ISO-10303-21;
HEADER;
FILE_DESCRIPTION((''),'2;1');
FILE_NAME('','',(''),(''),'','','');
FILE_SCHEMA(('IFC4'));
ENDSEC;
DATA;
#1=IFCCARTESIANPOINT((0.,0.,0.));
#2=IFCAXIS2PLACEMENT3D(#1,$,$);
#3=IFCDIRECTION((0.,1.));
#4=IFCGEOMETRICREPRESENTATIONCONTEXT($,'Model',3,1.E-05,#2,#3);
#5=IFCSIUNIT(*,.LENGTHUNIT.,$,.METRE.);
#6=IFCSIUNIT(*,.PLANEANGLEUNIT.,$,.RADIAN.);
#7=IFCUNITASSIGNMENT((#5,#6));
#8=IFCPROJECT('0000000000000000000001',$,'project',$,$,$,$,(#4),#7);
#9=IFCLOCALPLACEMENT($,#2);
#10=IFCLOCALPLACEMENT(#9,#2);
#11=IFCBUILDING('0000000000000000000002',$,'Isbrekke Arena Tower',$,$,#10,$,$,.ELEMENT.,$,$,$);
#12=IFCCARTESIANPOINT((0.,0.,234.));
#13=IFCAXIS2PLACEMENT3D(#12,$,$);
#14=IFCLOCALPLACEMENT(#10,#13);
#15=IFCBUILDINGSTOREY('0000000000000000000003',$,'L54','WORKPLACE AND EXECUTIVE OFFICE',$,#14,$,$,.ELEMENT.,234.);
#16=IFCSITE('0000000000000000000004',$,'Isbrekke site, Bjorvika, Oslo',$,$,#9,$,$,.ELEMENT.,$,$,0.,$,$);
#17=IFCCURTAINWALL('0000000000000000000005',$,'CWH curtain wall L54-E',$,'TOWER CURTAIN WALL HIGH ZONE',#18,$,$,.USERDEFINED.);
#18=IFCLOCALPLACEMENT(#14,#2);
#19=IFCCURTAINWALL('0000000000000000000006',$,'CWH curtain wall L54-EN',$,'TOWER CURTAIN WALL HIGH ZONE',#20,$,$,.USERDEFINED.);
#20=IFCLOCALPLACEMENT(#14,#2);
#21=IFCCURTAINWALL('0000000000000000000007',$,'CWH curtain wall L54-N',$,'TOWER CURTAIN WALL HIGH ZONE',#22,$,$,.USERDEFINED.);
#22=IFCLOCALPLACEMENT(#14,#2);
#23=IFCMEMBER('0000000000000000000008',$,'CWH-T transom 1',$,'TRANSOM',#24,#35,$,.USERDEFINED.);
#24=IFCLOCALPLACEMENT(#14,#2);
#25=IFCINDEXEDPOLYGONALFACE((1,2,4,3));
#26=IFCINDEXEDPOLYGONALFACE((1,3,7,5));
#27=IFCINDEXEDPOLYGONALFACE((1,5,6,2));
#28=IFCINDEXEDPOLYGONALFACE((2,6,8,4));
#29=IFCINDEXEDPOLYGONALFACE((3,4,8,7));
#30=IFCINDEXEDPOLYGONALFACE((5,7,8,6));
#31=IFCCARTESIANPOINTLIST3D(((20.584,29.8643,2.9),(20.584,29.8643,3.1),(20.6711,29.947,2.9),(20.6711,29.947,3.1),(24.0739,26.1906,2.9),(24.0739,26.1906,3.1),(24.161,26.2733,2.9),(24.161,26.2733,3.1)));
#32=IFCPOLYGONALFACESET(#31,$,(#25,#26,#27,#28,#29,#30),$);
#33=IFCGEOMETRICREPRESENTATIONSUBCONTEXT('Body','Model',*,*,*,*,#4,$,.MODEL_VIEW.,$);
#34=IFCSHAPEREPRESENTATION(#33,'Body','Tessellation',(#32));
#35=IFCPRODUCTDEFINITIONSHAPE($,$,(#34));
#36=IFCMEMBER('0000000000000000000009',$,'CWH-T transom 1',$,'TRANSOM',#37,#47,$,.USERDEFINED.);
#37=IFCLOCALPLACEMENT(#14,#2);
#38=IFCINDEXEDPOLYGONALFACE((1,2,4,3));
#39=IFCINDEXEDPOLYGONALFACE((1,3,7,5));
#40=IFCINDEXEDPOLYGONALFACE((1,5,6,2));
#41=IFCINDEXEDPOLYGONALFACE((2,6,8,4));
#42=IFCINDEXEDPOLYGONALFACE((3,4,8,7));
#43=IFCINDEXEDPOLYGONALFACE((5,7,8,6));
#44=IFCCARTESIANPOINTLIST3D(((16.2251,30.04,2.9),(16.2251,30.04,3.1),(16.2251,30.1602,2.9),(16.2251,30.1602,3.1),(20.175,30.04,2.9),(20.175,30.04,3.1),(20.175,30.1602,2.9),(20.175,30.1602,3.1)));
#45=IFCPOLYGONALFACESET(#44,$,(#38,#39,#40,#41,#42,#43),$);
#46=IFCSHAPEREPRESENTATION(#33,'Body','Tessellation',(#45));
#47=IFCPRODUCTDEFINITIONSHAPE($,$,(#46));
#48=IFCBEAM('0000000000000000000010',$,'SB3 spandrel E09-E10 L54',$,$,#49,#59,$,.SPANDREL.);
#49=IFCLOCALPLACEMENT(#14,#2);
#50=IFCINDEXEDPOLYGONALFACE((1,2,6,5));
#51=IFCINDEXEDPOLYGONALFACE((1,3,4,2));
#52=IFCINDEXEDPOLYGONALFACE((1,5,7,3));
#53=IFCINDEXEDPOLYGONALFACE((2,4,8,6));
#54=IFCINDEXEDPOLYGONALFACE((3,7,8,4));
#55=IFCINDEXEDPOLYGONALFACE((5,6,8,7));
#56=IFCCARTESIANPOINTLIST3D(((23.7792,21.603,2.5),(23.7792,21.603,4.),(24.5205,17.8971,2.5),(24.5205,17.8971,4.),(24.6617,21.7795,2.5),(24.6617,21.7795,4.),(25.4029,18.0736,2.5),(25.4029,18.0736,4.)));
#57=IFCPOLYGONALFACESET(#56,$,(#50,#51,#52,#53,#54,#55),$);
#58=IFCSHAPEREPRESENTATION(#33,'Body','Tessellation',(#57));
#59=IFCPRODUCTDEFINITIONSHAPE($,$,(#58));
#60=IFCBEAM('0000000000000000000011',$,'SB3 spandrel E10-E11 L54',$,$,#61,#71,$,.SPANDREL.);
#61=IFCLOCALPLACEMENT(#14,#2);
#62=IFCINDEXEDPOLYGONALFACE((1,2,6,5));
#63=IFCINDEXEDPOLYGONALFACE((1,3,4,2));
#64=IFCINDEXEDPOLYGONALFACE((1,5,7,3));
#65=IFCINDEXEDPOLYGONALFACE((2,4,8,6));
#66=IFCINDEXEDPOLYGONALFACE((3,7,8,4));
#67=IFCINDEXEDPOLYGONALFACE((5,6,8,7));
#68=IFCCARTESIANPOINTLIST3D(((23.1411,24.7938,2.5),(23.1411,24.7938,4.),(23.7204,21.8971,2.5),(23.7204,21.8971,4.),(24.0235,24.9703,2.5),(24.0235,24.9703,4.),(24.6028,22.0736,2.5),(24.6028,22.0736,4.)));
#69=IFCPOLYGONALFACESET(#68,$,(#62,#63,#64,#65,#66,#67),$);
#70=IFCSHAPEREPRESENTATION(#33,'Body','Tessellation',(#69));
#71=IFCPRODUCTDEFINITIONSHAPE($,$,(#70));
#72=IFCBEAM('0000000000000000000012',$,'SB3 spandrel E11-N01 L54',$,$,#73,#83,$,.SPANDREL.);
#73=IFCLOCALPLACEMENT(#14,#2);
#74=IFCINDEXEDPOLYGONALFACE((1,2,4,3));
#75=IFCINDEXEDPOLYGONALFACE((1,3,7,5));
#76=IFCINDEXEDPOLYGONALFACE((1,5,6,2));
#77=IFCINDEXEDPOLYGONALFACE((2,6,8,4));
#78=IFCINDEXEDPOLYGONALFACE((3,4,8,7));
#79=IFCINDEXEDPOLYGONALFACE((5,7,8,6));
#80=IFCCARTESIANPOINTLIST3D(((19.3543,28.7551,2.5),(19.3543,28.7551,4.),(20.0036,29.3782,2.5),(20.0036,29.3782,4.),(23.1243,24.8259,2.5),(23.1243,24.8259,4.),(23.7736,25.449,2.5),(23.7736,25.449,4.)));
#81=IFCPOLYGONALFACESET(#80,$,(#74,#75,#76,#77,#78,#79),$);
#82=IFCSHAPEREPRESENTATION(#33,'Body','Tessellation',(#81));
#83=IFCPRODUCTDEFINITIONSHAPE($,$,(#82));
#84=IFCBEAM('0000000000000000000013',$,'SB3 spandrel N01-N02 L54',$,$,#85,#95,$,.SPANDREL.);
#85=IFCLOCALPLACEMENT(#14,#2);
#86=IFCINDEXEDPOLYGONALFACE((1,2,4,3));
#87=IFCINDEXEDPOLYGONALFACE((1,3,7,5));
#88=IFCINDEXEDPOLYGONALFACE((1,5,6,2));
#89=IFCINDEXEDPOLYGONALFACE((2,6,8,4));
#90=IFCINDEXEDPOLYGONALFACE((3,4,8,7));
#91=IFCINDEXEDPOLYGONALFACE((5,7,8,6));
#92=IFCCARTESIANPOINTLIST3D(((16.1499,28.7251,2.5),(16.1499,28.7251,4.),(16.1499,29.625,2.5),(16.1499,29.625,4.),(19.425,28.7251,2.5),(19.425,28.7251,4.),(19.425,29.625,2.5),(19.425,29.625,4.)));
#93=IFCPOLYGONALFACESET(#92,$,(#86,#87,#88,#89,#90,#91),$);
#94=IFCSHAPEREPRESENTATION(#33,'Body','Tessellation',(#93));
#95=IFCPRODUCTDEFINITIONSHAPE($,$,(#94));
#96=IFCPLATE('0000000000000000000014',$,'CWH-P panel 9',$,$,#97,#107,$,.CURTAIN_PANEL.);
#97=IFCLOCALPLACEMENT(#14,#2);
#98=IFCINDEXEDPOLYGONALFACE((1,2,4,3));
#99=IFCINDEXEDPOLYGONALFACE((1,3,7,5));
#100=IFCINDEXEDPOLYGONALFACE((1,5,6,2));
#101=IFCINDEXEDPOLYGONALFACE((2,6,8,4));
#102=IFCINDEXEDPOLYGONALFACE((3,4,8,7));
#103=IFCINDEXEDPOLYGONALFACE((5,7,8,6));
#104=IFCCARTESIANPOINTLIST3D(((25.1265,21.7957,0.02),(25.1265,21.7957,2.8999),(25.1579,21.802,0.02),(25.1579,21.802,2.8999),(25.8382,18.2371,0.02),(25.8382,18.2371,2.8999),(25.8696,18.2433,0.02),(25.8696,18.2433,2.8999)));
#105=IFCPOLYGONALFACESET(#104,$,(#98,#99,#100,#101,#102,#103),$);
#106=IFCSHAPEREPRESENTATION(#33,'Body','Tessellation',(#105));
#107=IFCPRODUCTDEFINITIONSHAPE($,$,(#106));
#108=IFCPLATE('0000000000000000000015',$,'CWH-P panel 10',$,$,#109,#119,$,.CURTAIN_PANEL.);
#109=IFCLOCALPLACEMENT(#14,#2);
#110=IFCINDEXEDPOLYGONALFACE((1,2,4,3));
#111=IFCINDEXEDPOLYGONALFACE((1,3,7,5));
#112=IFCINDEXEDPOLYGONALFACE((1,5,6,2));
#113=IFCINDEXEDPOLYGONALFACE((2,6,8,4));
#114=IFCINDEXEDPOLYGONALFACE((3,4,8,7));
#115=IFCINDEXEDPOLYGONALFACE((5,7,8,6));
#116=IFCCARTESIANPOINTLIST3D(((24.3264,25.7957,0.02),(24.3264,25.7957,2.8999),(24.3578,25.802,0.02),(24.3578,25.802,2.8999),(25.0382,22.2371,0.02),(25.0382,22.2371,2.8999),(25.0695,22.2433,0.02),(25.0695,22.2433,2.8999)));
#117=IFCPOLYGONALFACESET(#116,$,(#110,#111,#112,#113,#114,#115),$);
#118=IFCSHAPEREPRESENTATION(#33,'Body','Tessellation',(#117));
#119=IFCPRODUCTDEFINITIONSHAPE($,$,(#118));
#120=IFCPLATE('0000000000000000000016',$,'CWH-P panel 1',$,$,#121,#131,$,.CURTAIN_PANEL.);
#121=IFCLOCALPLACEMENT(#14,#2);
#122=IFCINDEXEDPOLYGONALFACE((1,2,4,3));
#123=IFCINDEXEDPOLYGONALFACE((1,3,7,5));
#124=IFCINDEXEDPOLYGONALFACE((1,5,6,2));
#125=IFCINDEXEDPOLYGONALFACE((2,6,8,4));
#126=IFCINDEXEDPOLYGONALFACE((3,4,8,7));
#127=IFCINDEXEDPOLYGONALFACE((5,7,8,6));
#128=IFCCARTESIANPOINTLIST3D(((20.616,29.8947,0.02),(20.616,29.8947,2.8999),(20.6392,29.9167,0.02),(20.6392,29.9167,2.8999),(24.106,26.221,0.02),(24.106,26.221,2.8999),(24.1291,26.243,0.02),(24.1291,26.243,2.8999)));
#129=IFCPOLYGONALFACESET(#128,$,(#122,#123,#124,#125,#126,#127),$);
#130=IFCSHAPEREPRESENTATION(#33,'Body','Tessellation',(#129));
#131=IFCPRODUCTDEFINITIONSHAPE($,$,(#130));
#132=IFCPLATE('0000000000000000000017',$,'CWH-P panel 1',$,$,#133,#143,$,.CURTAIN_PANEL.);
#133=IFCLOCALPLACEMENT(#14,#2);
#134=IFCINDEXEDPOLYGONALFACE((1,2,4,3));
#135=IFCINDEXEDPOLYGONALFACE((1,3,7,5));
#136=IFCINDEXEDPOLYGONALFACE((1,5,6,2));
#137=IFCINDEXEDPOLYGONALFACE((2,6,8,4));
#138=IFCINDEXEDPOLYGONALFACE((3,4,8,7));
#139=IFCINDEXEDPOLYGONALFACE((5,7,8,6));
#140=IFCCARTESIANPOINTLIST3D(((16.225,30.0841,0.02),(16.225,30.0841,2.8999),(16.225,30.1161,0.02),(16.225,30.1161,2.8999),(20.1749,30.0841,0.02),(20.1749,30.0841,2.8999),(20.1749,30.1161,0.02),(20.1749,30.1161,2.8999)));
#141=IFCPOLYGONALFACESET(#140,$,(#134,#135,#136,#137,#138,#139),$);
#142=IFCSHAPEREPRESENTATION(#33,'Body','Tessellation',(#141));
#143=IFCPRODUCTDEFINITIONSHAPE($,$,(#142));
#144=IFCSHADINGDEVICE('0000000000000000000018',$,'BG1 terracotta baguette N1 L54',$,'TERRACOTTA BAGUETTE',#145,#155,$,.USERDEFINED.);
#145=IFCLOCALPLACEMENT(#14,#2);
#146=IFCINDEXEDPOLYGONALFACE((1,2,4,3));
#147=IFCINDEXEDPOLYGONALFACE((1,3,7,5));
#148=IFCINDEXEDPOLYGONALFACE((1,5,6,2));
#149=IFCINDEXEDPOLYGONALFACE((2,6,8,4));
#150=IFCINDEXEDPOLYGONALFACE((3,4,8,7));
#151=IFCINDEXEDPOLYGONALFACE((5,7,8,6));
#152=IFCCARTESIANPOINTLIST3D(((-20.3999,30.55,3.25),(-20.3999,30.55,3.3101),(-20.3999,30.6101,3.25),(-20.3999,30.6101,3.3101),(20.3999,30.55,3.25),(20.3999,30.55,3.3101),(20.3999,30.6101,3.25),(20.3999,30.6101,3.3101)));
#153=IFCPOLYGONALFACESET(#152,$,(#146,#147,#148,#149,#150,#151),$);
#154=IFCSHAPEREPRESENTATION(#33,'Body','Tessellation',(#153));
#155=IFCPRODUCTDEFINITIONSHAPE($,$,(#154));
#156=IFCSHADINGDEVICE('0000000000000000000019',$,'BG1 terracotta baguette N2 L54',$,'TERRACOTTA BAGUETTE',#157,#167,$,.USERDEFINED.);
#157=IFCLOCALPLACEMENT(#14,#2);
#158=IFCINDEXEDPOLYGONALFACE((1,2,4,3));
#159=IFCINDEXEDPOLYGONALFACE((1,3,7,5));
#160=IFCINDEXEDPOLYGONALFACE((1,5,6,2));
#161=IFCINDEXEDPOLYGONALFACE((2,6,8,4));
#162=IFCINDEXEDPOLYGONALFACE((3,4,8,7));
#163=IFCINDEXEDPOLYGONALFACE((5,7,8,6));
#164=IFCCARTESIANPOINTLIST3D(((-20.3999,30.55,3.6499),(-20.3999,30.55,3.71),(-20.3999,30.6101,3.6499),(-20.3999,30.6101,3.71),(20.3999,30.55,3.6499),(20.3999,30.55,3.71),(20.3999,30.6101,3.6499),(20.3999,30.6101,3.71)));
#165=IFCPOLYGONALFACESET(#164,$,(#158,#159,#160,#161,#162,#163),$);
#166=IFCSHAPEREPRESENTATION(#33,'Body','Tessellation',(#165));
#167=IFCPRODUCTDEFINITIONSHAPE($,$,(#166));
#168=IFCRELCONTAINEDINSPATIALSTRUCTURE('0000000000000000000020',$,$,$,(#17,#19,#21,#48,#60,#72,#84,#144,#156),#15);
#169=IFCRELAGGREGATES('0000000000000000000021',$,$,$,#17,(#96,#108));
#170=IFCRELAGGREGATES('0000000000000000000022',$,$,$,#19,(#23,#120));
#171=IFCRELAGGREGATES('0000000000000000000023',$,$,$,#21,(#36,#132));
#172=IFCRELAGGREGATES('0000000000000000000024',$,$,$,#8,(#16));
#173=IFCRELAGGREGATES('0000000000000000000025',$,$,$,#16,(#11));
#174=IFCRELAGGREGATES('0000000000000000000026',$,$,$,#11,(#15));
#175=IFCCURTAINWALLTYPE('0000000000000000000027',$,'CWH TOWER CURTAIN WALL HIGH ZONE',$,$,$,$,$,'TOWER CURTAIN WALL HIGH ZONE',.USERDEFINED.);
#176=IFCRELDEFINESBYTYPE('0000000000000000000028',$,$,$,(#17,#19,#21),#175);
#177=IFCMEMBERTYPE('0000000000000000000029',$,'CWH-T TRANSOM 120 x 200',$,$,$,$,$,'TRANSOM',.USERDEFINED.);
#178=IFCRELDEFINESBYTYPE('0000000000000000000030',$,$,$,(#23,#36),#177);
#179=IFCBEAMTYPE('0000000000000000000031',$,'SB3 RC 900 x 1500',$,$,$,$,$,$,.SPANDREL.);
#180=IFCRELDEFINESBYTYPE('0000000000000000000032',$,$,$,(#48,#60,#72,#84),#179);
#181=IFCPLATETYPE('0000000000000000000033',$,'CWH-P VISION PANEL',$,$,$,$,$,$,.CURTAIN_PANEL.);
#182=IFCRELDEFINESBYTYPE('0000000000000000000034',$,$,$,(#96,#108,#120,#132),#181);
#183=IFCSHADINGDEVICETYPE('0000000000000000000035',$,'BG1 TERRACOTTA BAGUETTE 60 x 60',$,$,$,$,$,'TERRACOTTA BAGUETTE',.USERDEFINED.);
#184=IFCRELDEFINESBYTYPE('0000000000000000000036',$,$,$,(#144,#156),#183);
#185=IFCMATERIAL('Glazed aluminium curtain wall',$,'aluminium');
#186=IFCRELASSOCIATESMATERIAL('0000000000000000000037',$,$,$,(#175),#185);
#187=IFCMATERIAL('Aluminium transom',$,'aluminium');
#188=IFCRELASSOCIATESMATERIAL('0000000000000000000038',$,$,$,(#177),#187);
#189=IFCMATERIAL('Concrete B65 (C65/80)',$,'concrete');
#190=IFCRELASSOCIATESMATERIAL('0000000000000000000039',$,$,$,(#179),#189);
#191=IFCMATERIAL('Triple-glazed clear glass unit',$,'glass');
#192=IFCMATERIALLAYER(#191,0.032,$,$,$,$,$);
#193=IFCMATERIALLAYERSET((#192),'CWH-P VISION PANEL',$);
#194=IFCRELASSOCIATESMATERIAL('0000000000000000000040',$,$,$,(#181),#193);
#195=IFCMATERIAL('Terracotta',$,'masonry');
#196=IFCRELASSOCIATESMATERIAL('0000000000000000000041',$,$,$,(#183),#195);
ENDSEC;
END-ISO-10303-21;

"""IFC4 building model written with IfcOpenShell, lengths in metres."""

from ifc_helpers import new_model, si_unit, direction, frame, origin, origin_2d, place, context, subcontext, project, spatial, rectangle, extrude, material, layer, layer_set, material_profile, profile_set, type_object, element, aggregate, save


model = new_model("IFC4")

# Units and contexts
model_context = context("Model", 3, precision=1e-05, world=origin(), true_north=direction((0.0, 1.0)))
body_context = subcontext(model_context, "Body", "Model", "MODEL_VIEW")
ifc_project = project(units=[si_unit("LENGTHUNIT", "METRE"), si_unit("PLANEANGLEUNIT", "RADIAN")], contexts=[model_context])

# Site, building, storey
site_placement = place(None, origin())
site = spatial("IfcSite", under=ifc_project, at=site_placement, Name="Isbrekke site, Bjorvika, Oslo", CompositionType="ELEMENT", RefElevation=0.0)
building_placement = place(site_placement, origin())
building = spatial("IfcBuilding", under=site, at=building_placement, Name="Isbrekke Arena Tower", CompositionType="ELEMENT")
storey_placement = place(building_placement, frame((0.0, 0.0, 234.0)))
storey = spatial("IfcBuildingStorey", under=building, at=storey_placement, Name="L54", Description="WORKPLACE AND EXECUTIVE OFFICE", CompositionType="ELEMENT", Elevation=234.0)

# Curtain wall
ifc_material_1 = material(Name="Glazed aluminium curtain wall", Category="aluminium")
curtain_wall_type = type_object("IfcCurtainWallType", Name="CWH TOWER CURTAIN WALL HIGH ZONE", ElementType="TOWER CURTAIN WALL HIGH ZONE", PredefinedType="USERDEFINED", material=ifc_material_1)
curtain_wall_1_placement = place(storey_placement, origin())
curtain_wall_1 = element("IfcCurtainWall", 1, at=curtain_wall_1_placement, inside=storey, type_object=curtain_wall_type, Name="CWH curtain wall L54-E", ObjectType="TOWER CURTAIN WALL HIGH ZONE", PredefinedType="USERDEFINED")

# Curtain walls
curtain_wall_2_placement = place(storey_placement, origin())
curtain_wall_2 = element("IfcCurtainWall", 2, at=curtain_wall_2_placement, inside=storey, type_object=curtain_wall_type, Name="CWH curtain wall L54-EN", ObjectType="TOWER CURTAIN WALL HIGH ZONE", PredefinedType="USERDEFINED")
curtain_wall_3_placement = place(storey_placement, origin())
curtain_wall_3 = element("IfcCurtainWall", 3, at=curtain_wall_3_placement, inside=storey, type_object=curtain_wall_type, Name="CWH curtain wall L54-N", ObjectType="TOWER CURTAIN WALL HIGH ZONE", PredefinedType="USERDEFINED")

# Members
ifc_material_2 = material(Name="Aluminium transom", Category="aluminium")
ifc_material_profile_1 = material_profile(ifc_material_2, rectangle(XDim=0.1201, YDim=0.2, at=origin_2d()), Name="TRANSOM 120X200")
ifc_profile_set_1 = profile_set([ifc_material_profile_1], Name="Aluminium transom")
member_type_1 = type_object("IfcMemberType", Name="CWH-T TRANSOM 120 x 200", ElementType="TRANSOM", PredefinedType="USERDEFINED", material=ifc_profile_set_1)
member_1_placement = place(storey_placement, frame((24.1174, 26.2319, 3.0), z_axis=(-0.688734, 0.725014, 0.0), x_axis=(-0.725014, -0.688734, 0.0)))
member_1 = element("IfcMember", 4, at=member_1_placement, type_object=member_type_1, Name="CWH-T transom 1", ObjectType="TRANSOM", PredefinedType="USERDEFINED", context=body_context, shape_type="SweptSolid", body=[
    extrude(rectangle(XDim=0.1201, YDim=0.2, at=origin_2d()), origin(), (0.0, 0.0, 1.0), 5.0671),
])
member_2_placement = place(storey_placement, frame((20.175, 30.1001, 3.0), z_axis=(-1.0, 0.0, 0.0), x_axis=(0.0, -1.0, 0.0)))
member_2 = element("IfcMember", 5, at=member_2_placement, type_object=member_type_1, Name="CWH-T transom 1", ObjectType="TRANSOM", PredefinedType="USERDEFINED", context=body_context, shape_type="SweptSolid", body=[
    extrude(rectangle(XDim=0.1201, YDim=0.2, at=origin_2d()), origin(), (0.0, 0.0, 1.0), 3.95),
])

# Beams
ifc_material_3 = material(Name="Concrete B65 (C65/80)", Category="concrete")
ifc_material_profile_2 = material_profile(ifc_material_3, rectangle(XDim=0.8999, YDim=1.5, at=origin_2d()), Name="RC 900x1500")
ifc_profile_set_2 = profile_set([ifc_material_profile_2], Name="Concrete B65 (C65/80)")
beam_type_1 = type_object("IfcBeamType", Name="SB3 RC 900 x 1500", PredefinedType="SPANDREL", material=ifc_profile_set_2)
beam_1_placement = place(storey_placement, frame((24.9617, 17.9854, 3.25), z_axis=(-0.196129, 0.980578, 0.0), x_axis=(-0.980578, -0.196129, 0.0)))
element("IfcBeam", 6, at=beam_1_placement, inside=storey, type_object=beam_type_1, Name="SB3 spandrel E09-E10 L54", PredefinedType="SPANDREL", context=body_context, shape_type="SweptSolid", body=[
    extrude(rectangle(XDim=0.8999, YDim=1.5, at=origin_2d()), origin(), (0.0, 0.0, 1.0), 3.7793),
])
beam_2_placement = place(storey_placement, frame((24.1616, 21.9854, 3.25), z_axis=(-0.196116, 0.980581, 0.0), x_axis=(-0.980581, -0.196116, 0.0)))
element("IfcBeam", 7, at=beam_2_placement, inside=storey, type_object=beam_type_1, Name="SB3 spandrel E10-E11 L54", PredefinedType="SPANDREL", context=body_context, shape_type="SweptSolid", body=[
    extrude(rectangle(XDim=0.8999, YDim=1.5, at=origin_2d()), origin(), (0.0, 0.0, 1.0), 2.9541),
])
beam_3_placement = place(storey_placement, frame((23.449, 25.1375, 3.25), z_axis=(-0.69234, 0.721572, 0.0), x_axis=(-0.721572, -0.69234, 0.0)))
element("IfcBeam", 8, at=beam_3_placement, inside=storey, type_object=beam_type_1, Name="SB3 spandrel E11-N01 L54", PredefinedType="SPANDREL", context=body_context, shape_type="SweptSolid", body=[
    extrude(rectangle(XDim=0.8999, YDim=1.5, at=origin_2d()), origin(), (0.0, 0.0, 1.0), 5.4453),
])
beam_4_placement = place(storey_placement, frame((19.425, 29.175, 3.25), z_axis=(-1.0, 0.0, 0.0), x_axis=(0.0, -1.0, 0.0)))
element("IfcBeam", 9, at=beam_4_placement, inside=storey, type_object=beam_type_1, Name="SB3 spandrel N01-N02 L54", PredefinedType="SPANDREL", context=body_context, shape_type="SweptSolid", body=[
    extrude(rectangle(XDim=0.8999, YDim=1.5, at=origin_2d()), origin(), (0.0, 0.0, 1.0), 3.2751),
])

# Plates
ifc_material_4 = material(Name="Triple-glazed clear glass unit", Category="glass")
ifc_layer = layer(ifc_material_4, 0.032)
ifc_layer_set = layer_set([ifc_layer], Name="CWH-P VISION PANEL")
plate_type = type_object("IfcPlateType", Name="CWH-P VISION PANEL", PredefinedType="CURTAIN_PANEL", material=ifc_layer_set)
plate_1_placement = place(storey_placement, frame((25.498, 20.0195, 0.02), z_axis=(0.0, 0.0, 1.0), x_axis=(-0.196116, 0.980581, 0.0)))
plate_1 = element("IfcPlate", 10, at=plate_1_placement, type_object=plate_type, Name="CWH-P panel 9", PredefinedType="CURTAIN_PANEL", context=body_context, shape_type="SweptSolid", body=[
    extrude(rectangle(XDim=3.6292, YDim=0.032, at=origin_2d()), origin(), (0.0, 0.0, 1.0), 2.8799),
])
plate_2_placement = place(storey_placement, frame((24.698, 24.0195, 0.02), z_axis=(0.0, 0.0, 1.0), x_axis=(-0.196116, 0.980581, 0.0)))
plate_2 = element("IfcPlate", 11, at=plate_2_placement, type_object=plate_type, Name="CWH-P panel 10", PredefinedType="CURTAIN_PANEL", context=body_context, shape_type="SweptSolid", body=[
    extrude(rectangle(XDim=3.6292, YDim=0.032, at=origin_2d()), origin(), (0.0, 0.0, 1.0), 2.8799),
])
aggregate(curtain_wall_1, [plate_1, plate_2])
plate_3_placement = place(storey_placement, frame((22.3726, 28.0688, 0.02), z_axis=(0.0, 0.0, 1.0), x_axis=(-0.688749, 0.724999, 0.0)))
plate_3 = element("IfcPlate", 12, at=plate_3_placement, type_object=plate_type, Name="CWH-P panel 1", PredefinedType="CURTAIN_PANEL", context=body_context, shape_type="SweptSolid", body=[
    extrude(rectangle(XDim=5.0671, YDim=0.032, at=origin_2d()), origin(), (0.0, 0.0, 1.0), 2.8799),
])
aggregate(curtain_wall_2, [member_1, plate_3])
plate_4_placement = place(storey_placement, frame((18.2, 30.1001, 0.02), z_axis=(0.0, 0.0, 1.0), x_axis=(-1.0, 0.0, 0.0)))
plate_4 = element("IfcPlate", 13, at=plate_4_placement, type_object=plate_type, Name="CWH-P panel 1", PredefinedType="CURTAIN_PANEL", context=body_context, shape_type="SweptSolid", body=[
    extrude(rectangle(XDim=3.95, YDim=0.032, at=origin_2d()), origin(), (0.0, 0.0, 1.0), 2.8799),
])
aggregate(curtain_wall_3, [member_2, plate_4])

# Shading devices
ifc_material_5 = material(Name="Terracotta", Category="masonry")
ifc_material_profile_3 = material_profile(ifc_material_5, rectangle(XDim=0.0601, YDim=0.0601, at=origin_2d()), Name="BAGUETTE 60X60")
ifc_profile_set_3 = profile_set([ifc_material_profile_3], Name="Terracotta")
shading_device_type = type_object("IfcShadingDeviceType", Name="BG1 TERRACOTTA BAGUETTE 60 x 60", ElementType="TERRACOTTA BAGUETTE", PredefinedType="USERDEFINED", material=ifc_profile_set_3)
for number, where, z_axis, x_axis, name in (
    (14, (20.3999, 30.5801, 3.28), (-1.0, 0.0, 0.0), (0.0, -1.0, 0.0), "BG1 terracotta baguette N1 L54"),
    (15, (20.3999, 30.5801, 3.6799), (-1.0, 0.0, 0.0), (0.0, -1.0, 0.0), "BG1 terracotta baguette N2 L54"),
):
    element("IfcShadingDevice", number, at=place(storey_placement, frame(where, z_axis=z_axis, x_axis=x_axis)), inside=storey, type_object=shading_device_type, Name=name, ObjectType="TERRACOTTA BAGUETTE", PredefinedType="USERDEFINED", context=body_context, shape_type="SweptSolid", body=[
        extrude(rectangle(XDim=0.0601, YDim=0.0601, at=origin_2d()), origin(), (0.0, 0.0, 1.0), 40.7998),
    ])

save(model, "model.ifc")
